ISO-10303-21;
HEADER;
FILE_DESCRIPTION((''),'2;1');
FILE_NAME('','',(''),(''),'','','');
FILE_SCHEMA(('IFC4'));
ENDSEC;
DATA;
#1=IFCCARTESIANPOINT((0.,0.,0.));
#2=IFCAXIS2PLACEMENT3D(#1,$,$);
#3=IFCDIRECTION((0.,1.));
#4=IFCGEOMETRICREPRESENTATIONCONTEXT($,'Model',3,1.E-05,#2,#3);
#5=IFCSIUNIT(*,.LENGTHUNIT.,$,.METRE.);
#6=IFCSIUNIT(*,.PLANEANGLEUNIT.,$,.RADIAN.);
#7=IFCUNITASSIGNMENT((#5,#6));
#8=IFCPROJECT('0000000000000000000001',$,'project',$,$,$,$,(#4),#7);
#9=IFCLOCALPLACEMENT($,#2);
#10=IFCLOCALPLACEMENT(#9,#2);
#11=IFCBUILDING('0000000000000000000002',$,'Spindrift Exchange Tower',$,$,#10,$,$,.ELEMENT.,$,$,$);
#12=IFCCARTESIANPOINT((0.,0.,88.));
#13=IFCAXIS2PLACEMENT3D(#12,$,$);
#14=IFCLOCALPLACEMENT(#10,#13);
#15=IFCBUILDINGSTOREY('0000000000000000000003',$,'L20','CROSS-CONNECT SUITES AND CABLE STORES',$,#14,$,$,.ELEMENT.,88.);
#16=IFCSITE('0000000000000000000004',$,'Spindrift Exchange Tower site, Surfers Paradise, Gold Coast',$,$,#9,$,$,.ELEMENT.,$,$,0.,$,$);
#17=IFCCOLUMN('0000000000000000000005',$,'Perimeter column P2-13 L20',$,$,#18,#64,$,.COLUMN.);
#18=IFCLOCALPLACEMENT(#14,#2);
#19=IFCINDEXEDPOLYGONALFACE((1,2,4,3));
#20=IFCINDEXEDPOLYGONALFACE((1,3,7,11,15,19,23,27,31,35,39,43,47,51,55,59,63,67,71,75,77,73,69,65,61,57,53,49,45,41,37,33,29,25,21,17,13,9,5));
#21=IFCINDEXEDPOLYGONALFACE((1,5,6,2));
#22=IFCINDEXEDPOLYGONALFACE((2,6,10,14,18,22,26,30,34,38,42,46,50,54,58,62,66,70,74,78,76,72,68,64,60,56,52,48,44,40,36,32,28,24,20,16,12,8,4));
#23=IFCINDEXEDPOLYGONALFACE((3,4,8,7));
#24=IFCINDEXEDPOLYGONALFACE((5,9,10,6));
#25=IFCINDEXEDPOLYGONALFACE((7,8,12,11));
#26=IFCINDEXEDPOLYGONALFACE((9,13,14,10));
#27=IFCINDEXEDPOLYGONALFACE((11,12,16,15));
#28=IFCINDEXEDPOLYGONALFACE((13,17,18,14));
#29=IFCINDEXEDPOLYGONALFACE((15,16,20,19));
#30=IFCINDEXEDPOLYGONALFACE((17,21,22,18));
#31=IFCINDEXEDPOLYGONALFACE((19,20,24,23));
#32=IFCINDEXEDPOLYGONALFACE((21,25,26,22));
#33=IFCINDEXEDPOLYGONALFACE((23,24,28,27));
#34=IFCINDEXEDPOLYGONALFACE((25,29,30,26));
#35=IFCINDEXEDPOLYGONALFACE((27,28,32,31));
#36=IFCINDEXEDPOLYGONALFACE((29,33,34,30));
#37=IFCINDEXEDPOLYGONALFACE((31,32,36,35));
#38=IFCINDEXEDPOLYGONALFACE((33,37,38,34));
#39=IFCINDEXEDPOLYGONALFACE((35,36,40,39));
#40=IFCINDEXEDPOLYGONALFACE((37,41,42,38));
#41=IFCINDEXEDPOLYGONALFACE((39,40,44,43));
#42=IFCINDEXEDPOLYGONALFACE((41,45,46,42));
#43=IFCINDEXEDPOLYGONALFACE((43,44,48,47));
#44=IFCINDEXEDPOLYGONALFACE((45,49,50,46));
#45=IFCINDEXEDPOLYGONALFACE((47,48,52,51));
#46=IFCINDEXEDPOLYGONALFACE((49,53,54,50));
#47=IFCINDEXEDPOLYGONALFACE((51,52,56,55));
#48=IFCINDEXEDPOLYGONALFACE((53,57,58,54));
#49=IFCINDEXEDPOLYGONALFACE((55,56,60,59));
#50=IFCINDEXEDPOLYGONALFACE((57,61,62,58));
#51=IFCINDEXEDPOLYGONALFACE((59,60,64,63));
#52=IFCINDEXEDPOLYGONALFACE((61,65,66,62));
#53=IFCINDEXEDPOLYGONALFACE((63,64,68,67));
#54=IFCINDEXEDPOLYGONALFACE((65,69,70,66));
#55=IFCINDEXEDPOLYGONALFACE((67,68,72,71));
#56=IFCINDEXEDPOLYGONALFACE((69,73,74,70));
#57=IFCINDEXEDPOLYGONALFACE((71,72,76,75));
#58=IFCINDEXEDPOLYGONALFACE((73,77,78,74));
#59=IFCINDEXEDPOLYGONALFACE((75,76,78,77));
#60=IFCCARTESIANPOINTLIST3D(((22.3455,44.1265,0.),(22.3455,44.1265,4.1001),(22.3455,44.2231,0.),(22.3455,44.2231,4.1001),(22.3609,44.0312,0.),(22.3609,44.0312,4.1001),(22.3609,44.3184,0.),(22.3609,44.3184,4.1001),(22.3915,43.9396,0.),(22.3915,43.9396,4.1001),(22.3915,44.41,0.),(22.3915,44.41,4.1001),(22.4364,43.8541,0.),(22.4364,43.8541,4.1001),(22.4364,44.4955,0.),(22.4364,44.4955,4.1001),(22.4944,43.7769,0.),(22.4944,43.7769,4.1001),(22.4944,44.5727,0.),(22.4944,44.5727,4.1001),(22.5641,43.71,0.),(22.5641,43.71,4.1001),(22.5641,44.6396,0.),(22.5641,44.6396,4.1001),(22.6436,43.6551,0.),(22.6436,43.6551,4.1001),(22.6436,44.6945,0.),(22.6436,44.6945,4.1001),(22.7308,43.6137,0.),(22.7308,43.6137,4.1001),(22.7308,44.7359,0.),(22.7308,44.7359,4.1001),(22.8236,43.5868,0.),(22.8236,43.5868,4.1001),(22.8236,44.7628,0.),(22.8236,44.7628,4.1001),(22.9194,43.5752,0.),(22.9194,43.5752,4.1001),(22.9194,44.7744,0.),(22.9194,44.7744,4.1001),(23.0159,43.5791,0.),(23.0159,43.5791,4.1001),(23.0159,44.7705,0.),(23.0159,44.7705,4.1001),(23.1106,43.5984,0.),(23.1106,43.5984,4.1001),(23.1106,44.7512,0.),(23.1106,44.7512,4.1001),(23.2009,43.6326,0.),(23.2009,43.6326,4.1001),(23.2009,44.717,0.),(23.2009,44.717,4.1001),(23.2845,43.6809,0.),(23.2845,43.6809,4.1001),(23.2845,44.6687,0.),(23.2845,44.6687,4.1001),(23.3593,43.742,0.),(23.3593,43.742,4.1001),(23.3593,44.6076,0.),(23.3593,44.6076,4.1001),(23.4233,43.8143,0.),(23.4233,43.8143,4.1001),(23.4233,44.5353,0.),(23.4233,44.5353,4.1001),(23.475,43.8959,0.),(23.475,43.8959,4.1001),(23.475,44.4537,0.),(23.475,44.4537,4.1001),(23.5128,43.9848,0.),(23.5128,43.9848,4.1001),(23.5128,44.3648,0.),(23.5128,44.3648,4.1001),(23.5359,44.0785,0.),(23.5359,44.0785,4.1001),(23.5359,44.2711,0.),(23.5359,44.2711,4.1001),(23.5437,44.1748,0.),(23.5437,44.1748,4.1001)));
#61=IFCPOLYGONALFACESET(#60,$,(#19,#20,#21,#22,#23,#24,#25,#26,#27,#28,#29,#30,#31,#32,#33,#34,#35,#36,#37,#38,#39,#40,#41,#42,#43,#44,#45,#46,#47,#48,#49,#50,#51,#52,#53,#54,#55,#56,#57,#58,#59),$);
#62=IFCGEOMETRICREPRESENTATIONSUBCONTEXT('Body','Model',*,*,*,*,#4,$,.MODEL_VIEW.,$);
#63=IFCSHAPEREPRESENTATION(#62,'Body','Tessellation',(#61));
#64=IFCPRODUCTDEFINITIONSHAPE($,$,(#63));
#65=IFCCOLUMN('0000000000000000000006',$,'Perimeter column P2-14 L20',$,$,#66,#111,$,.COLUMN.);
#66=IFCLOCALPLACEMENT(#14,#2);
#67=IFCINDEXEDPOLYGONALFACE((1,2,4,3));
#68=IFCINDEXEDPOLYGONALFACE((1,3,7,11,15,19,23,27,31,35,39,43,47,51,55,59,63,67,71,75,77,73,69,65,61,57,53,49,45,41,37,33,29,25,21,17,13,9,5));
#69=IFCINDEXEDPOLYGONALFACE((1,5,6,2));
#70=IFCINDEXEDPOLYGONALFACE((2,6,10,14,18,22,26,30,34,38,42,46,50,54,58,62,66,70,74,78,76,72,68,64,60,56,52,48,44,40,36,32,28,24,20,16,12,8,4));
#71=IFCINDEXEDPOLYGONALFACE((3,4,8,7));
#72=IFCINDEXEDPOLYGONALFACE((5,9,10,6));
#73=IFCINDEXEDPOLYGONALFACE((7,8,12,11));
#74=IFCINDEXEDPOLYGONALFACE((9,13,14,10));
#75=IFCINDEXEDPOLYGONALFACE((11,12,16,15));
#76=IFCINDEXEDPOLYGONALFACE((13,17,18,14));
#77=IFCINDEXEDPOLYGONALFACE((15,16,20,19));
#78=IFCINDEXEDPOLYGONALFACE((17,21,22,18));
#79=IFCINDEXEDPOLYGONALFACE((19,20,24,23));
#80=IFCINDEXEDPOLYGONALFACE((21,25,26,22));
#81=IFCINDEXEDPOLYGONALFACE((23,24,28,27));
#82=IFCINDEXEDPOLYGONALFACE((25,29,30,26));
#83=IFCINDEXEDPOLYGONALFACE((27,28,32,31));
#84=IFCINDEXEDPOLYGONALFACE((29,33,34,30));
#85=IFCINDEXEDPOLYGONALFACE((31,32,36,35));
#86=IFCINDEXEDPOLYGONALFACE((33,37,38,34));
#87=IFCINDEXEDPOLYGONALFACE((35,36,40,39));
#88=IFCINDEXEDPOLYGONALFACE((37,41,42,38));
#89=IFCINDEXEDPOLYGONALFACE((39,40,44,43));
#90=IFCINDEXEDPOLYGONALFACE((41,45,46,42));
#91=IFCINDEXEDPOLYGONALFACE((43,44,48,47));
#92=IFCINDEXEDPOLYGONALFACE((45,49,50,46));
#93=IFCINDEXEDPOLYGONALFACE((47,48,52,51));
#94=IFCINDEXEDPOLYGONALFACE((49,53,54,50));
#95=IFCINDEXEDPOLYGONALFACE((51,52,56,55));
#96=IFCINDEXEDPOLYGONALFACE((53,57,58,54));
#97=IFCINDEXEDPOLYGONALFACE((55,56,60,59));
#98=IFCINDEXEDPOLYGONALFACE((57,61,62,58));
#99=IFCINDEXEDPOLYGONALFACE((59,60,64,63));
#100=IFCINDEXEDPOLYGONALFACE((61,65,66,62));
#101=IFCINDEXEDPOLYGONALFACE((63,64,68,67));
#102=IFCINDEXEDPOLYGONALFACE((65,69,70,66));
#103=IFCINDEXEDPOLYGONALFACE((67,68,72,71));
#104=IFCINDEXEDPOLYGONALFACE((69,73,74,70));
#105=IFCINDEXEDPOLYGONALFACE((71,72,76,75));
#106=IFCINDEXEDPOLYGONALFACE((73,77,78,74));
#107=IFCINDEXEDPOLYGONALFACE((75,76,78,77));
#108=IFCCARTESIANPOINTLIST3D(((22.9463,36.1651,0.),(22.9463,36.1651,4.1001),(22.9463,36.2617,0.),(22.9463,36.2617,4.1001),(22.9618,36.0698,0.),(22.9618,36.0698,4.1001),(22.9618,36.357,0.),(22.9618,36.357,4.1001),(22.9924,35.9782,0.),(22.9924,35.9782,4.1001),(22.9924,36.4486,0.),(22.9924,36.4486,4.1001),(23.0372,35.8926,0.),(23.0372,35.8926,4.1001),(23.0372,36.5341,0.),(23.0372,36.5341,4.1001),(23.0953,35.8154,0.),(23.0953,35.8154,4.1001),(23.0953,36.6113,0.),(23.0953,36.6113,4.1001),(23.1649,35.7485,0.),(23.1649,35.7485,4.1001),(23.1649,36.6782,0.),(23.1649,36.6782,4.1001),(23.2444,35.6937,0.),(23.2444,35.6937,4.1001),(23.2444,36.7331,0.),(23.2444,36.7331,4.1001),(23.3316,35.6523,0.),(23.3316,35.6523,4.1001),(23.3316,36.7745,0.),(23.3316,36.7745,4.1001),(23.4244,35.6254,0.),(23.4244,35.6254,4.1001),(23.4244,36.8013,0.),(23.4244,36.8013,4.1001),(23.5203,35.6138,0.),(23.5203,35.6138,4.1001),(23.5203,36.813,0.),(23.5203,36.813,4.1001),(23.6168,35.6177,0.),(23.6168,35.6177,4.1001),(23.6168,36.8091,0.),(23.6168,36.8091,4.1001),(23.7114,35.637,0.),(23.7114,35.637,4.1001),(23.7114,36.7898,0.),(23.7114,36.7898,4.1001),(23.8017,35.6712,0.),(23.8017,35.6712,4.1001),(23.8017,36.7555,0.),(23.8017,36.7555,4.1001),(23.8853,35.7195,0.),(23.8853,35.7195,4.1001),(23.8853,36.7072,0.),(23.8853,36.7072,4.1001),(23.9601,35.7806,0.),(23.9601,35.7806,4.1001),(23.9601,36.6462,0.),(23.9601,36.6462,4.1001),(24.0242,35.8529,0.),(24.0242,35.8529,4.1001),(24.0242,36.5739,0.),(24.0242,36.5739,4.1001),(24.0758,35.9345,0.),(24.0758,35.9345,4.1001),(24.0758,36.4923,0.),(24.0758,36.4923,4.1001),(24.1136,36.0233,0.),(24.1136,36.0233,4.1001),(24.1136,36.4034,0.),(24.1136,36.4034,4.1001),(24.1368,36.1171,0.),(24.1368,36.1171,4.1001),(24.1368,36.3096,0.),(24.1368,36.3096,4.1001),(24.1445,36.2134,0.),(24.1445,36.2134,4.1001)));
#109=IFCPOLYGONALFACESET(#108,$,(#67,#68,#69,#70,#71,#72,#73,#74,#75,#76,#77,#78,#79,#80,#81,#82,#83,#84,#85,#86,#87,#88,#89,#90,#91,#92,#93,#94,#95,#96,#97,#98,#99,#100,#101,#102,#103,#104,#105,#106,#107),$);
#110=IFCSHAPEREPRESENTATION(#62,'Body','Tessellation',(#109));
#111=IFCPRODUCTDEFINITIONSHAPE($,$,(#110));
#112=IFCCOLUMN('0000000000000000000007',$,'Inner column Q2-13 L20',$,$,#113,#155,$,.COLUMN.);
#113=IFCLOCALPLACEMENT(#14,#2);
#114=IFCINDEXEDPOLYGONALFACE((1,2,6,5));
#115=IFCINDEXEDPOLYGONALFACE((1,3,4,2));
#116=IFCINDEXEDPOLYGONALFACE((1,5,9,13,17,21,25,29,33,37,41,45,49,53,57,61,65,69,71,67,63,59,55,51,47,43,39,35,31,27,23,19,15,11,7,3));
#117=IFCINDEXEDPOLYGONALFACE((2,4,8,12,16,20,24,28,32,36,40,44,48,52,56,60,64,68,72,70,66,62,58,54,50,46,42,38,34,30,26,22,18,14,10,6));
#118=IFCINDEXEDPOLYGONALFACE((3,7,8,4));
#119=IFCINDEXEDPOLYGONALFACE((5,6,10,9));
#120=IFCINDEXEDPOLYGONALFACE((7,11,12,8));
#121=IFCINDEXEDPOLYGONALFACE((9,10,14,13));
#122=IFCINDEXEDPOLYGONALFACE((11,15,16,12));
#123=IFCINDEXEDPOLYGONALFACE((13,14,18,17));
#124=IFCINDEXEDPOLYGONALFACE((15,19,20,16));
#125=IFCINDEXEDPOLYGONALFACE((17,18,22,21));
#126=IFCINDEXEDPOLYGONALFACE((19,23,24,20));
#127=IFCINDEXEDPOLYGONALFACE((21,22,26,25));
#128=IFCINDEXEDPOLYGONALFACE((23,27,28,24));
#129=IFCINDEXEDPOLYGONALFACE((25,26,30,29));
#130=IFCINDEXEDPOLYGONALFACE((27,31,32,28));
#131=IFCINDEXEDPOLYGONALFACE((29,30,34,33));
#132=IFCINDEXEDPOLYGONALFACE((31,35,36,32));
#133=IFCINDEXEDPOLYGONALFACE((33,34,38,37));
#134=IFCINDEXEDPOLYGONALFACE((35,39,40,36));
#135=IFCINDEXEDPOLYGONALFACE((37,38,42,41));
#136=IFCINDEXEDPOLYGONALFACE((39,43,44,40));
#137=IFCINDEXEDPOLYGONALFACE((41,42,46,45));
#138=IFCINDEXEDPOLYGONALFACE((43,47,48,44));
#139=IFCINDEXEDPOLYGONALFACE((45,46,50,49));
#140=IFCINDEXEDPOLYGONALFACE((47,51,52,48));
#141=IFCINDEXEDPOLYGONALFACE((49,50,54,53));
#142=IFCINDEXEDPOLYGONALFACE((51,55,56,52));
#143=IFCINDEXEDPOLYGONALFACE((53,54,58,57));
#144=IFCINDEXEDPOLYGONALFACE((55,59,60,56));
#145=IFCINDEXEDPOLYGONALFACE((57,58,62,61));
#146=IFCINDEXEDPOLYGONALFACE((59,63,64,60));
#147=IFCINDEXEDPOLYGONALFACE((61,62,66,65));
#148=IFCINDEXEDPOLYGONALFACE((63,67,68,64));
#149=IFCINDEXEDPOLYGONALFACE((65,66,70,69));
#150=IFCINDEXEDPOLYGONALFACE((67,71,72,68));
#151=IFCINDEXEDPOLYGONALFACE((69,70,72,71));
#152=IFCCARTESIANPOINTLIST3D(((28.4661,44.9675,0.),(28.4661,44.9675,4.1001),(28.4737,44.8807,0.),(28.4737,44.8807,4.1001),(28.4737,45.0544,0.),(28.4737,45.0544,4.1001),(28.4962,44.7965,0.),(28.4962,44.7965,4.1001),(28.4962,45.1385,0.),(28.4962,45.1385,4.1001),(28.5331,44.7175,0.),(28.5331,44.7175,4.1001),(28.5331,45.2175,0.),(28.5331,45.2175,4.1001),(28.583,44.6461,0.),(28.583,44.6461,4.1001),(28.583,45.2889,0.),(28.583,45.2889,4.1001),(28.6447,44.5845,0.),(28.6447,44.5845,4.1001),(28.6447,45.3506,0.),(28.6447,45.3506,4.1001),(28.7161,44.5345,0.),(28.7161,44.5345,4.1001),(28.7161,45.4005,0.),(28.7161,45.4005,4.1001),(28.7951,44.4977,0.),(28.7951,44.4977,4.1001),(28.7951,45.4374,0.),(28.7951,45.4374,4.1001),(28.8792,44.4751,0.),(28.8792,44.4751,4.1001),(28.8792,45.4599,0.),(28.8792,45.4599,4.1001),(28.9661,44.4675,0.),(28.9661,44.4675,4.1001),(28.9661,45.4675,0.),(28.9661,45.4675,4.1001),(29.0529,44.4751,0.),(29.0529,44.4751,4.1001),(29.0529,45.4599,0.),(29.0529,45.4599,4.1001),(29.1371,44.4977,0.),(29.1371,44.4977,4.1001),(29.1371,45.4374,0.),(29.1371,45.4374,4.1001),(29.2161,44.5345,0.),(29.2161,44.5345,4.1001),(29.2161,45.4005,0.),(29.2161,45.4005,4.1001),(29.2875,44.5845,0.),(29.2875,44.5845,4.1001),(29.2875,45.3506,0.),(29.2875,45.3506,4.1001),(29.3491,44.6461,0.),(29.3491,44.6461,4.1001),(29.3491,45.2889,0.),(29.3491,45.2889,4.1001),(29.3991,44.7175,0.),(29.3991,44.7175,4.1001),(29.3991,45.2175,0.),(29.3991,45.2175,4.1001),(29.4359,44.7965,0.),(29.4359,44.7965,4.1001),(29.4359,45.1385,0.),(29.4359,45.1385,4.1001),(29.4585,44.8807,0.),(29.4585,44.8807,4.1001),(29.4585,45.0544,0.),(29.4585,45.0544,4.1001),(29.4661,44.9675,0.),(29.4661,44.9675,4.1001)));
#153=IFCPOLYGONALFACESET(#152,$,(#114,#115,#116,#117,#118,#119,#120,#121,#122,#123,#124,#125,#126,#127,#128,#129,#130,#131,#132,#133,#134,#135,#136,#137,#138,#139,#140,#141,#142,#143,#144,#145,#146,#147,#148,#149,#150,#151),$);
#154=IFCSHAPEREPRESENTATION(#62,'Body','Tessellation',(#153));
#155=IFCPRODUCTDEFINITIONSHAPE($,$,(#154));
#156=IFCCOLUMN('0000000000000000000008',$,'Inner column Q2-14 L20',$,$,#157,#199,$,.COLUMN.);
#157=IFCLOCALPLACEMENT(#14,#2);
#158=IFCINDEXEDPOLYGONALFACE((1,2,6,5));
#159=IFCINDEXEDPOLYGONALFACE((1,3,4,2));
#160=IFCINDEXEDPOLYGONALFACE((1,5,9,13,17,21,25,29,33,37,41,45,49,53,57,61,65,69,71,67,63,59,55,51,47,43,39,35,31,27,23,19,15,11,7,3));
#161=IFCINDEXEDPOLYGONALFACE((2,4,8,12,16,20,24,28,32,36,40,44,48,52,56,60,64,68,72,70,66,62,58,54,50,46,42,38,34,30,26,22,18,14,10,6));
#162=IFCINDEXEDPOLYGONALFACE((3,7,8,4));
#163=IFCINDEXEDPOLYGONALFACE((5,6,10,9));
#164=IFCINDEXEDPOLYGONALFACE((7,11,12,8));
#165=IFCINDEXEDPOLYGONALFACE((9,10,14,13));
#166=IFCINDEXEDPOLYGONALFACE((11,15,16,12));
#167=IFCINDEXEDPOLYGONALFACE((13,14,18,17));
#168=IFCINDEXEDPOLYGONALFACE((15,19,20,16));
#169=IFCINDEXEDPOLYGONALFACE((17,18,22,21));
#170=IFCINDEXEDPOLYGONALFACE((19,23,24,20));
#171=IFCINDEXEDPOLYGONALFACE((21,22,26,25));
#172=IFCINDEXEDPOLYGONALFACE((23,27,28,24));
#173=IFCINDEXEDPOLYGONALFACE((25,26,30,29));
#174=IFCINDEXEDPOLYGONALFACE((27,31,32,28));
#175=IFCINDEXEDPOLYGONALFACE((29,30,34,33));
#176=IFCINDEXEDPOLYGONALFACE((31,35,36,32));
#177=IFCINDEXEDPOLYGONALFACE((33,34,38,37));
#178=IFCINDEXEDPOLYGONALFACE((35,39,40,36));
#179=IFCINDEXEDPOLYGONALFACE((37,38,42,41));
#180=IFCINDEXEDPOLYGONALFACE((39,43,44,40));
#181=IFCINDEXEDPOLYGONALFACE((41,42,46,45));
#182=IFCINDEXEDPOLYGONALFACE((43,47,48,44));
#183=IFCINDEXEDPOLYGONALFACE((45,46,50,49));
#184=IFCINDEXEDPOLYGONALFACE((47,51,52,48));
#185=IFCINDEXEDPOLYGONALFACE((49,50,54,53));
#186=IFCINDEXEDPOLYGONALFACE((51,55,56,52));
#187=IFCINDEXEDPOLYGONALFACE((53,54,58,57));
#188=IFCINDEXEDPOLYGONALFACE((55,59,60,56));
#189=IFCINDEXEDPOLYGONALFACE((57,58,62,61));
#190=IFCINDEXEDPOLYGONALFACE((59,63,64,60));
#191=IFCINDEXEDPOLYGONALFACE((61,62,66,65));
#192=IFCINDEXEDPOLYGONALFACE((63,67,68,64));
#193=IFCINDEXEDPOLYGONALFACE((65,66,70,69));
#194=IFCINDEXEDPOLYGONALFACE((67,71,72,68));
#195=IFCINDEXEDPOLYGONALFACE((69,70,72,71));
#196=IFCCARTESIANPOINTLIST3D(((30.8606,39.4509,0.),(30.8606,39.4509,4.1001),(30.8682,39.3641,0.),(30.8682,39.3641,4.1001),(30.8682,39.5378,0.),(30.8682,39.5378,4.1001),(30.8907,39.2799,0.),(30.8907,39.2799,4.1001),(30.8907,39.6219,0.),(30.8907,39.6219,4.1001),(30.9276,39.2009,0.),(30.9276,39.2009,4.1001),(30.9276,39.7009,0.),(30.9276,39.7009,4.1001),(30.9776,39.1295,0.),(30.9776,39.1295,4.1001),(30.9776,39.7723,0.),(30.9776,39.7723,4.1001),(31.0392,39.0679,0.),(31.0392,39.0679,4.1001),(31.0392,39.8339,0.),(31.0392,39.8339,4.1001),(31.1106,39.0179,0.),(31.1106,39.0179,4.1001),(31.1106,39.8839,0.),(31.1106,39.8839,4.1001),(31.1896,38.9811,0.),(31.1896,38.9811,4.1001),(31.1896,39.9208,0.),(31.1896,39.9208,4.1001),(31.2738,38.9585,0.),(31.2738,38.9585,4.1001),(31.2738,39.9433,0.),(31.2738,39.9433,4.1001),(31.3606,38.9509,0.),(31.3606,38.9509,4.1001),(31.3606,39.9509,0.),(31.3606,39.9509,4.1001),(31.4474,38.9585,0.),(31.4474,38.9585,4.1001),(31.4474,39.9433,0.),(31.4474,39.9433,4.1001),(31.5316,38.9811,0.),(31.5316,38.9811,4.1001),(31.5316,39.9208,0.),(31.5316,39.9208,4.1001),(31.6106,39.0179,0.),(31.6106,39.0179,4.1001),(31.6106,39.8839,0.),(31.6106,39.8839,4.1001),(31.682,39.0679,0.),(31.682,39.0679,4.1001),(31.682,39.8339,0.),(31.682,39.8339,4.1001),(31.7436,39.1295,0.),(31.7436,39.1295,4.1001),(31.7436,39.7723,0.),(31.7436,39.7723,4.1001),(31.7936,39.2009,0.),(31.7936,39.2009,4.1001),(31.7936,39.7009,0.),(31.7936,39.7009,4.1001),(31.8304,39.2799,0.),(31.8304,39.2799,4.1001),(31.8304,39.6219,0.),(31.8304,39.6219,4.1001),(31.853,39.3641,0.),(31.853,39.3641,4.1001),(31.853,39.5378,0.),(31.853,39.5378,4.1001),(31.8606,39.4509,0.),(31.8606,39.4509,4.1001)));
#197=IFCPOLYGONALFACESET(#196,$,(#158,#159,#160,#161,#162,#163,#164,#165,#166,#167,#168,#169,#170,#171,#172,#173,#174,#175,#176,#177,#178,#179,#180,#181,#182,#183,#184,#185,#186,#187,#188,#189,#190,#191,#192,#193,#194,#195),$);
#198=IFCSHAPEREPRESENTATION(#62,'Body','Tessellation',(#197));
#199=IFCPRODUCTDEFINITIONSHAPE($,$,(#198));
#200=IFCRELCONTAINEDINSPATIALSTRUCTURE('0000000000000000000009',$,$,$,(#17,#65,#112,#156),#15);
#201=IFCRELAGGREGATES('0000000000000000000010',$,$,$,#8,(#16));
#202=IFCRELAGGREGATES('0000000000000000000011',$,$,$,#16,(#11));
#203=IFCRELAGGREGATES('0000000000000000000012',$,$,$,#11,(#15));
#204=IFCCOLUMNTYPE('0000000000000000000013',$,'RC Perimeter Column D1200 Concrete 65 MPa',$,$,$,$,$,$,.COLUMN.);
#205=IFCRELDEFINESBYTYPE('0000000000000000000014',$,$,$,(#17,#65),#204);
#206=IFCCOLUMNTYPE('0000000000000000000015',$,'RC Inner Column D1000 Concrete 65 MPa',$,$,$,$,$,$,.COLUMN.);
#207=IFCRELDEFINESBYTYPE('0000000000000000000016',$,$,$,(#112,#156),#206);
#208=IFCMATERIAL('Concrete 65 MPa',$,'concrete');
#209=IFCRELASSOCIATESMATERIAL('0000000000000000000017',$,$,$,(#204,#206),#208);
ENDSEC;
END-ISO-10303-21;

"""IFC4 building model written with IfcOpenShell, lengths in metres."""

from ifc_helpers import new_model, si_unit, direction, frame, origin, origin_2d, place, context, subcontext, project, spatial, circle, extrude, source, transform, mapped, material, material_profile, profile_set, type_object, element, save


model = new_model("IFC4")

# Units and contexts
model_context = context("Model", 3, precision=1e-05, world=origin(), true_north=direction((0.0, 1.0)))
body_context = subcontext(model_context, "Body", "Model", "MODEL_VIEW")
ifc_project = project(units=[si_unit("LENGTHUNIT", "METRE"), si_unit("PLANEANGLEUNIT", "RADIAN")], contexts=[model_context])

# Site, building, storey
site_placement = place(None, origin())
site = spatial("IfcSite", under=ifc_project, at=site_placement, Name="Spindrift Exchange Tower site, Surfers Paradise, Gold Coast", CompositionType="ELEMENT", RefElevation=0.0)
building_placement = place(site_placement, origin())
building = spatial("IfcBuilding", under=site, at=building_placement, Name="Spindrift Exchange Tower", CompositionType="ELEMENT")
storey_placement = place(building_placement, frame((0.0, 0.0, 88.0)))
storey = spatial("IfcBuildingStorey", under=building, at=storey_placement, Name="L20", Description="CROSS-CONNECT SUITES AND CABLE STORES", CompositionType="ELEMENT", Elevation=88.0)

# Columns
ifc_material_1 = material(Name="Concrete 65 MPa", Category="concrete")
ifc_material_profile_1 = material_profile(ifc_material_1, circle(Radius=0.6001, at=origin_2d()), Name="RC D1200")
ifc_profile_set_1 = profile_set([ifc_material_profile_1], Name="Concrete 65 MPa")
column_type_1 = type_object("IfcColumnType", Name="RC Perimeter Column D1200 Concrete 65 MPa", PredefinedType="COLUMN", material=ifc_profile_set_1)
shared_shape_1 = source(origin(), body_context, "Body", "SweptSolid", [
    extrude(circle(Radius=0.6001, at=origin_2d()), origin(), (0.0, 0.0, 1.0), 4.1001),
])
for number, where, z_axis, x_axis, name in (
    (1, (22.9436, 44.1748, 0.0), (0.0, 0.0, 1.0), (1.0, 0.0, 0.0), "Perimeter column P2-13 L20"),
    (2, (23.5444, 36.2134, 0.0), (0.0, 0.0, 1.0), (1.0, 0.0, 0.0), "Perimeter column P2-14 L20"),
):
    element("IfcColumn", number, at=place(storey_placement, frame(where, z_axis=z_axis, x_axis=x_axis)), inside=storey, type_object=column_type_1, Name=name, PredefinedType="COLUMN", context=body_context, shape_type="MappedRepresentation", body=[
        mapped(shared_shape_1, transform((0.0, 0.0, 0.0), scale=1.0)),
    ])
ifc_material_profile_2 = material_profile(ifc_material_1, circle(Radius=0.5, at=origin_2d()), Name="RC D1000")
ifc_profile_set_2 = profile_set([ifc_material_profile_2], Name="Concrete 65 MPa")
column_type_2 = type_object("IfcColumnType", Name="RC Inner Column D1000 Concrete 65 MPa", PredefinedType="COLUMN", material=ifc_profile_set_2)
shared_shape_2 = source(origin(), body_context, "Body", "SweptSolid", [
    extrude(circle(Radius=0.5, at=origin_2d()), origin(), (0.0, 0.0, 1.0), 4.1001),
])
for number, where, z_axis, x_axis, name in (
    (3, (28.9661, 44.9675, 0.0), (0.0, 0.0, 1.0), (1.0, 0.0, 0.0), "Inner column Q2-13 L20"),
    (4, (31.3606, 39.4509, 0.0), (0.0, 0.0, 1.0), (1.0, 0.0, 0.0), "Inner column Q2-14 L20"),
):
    element("IfcColumn", number, at=place(storey_placement, frame(where, z_axis=z_axis, x_axis=x_axis)), inside=storey, type_object=column_type_2, Name=name, PredefinedType="COLUMN", context=body_context, shape_type="MappedRepresentation", body=[
        mapped(shared_shape_2, transform((0.0, 0.0, 0.0), scale=1.0)),
    ])

save(model, "model.ifc")
